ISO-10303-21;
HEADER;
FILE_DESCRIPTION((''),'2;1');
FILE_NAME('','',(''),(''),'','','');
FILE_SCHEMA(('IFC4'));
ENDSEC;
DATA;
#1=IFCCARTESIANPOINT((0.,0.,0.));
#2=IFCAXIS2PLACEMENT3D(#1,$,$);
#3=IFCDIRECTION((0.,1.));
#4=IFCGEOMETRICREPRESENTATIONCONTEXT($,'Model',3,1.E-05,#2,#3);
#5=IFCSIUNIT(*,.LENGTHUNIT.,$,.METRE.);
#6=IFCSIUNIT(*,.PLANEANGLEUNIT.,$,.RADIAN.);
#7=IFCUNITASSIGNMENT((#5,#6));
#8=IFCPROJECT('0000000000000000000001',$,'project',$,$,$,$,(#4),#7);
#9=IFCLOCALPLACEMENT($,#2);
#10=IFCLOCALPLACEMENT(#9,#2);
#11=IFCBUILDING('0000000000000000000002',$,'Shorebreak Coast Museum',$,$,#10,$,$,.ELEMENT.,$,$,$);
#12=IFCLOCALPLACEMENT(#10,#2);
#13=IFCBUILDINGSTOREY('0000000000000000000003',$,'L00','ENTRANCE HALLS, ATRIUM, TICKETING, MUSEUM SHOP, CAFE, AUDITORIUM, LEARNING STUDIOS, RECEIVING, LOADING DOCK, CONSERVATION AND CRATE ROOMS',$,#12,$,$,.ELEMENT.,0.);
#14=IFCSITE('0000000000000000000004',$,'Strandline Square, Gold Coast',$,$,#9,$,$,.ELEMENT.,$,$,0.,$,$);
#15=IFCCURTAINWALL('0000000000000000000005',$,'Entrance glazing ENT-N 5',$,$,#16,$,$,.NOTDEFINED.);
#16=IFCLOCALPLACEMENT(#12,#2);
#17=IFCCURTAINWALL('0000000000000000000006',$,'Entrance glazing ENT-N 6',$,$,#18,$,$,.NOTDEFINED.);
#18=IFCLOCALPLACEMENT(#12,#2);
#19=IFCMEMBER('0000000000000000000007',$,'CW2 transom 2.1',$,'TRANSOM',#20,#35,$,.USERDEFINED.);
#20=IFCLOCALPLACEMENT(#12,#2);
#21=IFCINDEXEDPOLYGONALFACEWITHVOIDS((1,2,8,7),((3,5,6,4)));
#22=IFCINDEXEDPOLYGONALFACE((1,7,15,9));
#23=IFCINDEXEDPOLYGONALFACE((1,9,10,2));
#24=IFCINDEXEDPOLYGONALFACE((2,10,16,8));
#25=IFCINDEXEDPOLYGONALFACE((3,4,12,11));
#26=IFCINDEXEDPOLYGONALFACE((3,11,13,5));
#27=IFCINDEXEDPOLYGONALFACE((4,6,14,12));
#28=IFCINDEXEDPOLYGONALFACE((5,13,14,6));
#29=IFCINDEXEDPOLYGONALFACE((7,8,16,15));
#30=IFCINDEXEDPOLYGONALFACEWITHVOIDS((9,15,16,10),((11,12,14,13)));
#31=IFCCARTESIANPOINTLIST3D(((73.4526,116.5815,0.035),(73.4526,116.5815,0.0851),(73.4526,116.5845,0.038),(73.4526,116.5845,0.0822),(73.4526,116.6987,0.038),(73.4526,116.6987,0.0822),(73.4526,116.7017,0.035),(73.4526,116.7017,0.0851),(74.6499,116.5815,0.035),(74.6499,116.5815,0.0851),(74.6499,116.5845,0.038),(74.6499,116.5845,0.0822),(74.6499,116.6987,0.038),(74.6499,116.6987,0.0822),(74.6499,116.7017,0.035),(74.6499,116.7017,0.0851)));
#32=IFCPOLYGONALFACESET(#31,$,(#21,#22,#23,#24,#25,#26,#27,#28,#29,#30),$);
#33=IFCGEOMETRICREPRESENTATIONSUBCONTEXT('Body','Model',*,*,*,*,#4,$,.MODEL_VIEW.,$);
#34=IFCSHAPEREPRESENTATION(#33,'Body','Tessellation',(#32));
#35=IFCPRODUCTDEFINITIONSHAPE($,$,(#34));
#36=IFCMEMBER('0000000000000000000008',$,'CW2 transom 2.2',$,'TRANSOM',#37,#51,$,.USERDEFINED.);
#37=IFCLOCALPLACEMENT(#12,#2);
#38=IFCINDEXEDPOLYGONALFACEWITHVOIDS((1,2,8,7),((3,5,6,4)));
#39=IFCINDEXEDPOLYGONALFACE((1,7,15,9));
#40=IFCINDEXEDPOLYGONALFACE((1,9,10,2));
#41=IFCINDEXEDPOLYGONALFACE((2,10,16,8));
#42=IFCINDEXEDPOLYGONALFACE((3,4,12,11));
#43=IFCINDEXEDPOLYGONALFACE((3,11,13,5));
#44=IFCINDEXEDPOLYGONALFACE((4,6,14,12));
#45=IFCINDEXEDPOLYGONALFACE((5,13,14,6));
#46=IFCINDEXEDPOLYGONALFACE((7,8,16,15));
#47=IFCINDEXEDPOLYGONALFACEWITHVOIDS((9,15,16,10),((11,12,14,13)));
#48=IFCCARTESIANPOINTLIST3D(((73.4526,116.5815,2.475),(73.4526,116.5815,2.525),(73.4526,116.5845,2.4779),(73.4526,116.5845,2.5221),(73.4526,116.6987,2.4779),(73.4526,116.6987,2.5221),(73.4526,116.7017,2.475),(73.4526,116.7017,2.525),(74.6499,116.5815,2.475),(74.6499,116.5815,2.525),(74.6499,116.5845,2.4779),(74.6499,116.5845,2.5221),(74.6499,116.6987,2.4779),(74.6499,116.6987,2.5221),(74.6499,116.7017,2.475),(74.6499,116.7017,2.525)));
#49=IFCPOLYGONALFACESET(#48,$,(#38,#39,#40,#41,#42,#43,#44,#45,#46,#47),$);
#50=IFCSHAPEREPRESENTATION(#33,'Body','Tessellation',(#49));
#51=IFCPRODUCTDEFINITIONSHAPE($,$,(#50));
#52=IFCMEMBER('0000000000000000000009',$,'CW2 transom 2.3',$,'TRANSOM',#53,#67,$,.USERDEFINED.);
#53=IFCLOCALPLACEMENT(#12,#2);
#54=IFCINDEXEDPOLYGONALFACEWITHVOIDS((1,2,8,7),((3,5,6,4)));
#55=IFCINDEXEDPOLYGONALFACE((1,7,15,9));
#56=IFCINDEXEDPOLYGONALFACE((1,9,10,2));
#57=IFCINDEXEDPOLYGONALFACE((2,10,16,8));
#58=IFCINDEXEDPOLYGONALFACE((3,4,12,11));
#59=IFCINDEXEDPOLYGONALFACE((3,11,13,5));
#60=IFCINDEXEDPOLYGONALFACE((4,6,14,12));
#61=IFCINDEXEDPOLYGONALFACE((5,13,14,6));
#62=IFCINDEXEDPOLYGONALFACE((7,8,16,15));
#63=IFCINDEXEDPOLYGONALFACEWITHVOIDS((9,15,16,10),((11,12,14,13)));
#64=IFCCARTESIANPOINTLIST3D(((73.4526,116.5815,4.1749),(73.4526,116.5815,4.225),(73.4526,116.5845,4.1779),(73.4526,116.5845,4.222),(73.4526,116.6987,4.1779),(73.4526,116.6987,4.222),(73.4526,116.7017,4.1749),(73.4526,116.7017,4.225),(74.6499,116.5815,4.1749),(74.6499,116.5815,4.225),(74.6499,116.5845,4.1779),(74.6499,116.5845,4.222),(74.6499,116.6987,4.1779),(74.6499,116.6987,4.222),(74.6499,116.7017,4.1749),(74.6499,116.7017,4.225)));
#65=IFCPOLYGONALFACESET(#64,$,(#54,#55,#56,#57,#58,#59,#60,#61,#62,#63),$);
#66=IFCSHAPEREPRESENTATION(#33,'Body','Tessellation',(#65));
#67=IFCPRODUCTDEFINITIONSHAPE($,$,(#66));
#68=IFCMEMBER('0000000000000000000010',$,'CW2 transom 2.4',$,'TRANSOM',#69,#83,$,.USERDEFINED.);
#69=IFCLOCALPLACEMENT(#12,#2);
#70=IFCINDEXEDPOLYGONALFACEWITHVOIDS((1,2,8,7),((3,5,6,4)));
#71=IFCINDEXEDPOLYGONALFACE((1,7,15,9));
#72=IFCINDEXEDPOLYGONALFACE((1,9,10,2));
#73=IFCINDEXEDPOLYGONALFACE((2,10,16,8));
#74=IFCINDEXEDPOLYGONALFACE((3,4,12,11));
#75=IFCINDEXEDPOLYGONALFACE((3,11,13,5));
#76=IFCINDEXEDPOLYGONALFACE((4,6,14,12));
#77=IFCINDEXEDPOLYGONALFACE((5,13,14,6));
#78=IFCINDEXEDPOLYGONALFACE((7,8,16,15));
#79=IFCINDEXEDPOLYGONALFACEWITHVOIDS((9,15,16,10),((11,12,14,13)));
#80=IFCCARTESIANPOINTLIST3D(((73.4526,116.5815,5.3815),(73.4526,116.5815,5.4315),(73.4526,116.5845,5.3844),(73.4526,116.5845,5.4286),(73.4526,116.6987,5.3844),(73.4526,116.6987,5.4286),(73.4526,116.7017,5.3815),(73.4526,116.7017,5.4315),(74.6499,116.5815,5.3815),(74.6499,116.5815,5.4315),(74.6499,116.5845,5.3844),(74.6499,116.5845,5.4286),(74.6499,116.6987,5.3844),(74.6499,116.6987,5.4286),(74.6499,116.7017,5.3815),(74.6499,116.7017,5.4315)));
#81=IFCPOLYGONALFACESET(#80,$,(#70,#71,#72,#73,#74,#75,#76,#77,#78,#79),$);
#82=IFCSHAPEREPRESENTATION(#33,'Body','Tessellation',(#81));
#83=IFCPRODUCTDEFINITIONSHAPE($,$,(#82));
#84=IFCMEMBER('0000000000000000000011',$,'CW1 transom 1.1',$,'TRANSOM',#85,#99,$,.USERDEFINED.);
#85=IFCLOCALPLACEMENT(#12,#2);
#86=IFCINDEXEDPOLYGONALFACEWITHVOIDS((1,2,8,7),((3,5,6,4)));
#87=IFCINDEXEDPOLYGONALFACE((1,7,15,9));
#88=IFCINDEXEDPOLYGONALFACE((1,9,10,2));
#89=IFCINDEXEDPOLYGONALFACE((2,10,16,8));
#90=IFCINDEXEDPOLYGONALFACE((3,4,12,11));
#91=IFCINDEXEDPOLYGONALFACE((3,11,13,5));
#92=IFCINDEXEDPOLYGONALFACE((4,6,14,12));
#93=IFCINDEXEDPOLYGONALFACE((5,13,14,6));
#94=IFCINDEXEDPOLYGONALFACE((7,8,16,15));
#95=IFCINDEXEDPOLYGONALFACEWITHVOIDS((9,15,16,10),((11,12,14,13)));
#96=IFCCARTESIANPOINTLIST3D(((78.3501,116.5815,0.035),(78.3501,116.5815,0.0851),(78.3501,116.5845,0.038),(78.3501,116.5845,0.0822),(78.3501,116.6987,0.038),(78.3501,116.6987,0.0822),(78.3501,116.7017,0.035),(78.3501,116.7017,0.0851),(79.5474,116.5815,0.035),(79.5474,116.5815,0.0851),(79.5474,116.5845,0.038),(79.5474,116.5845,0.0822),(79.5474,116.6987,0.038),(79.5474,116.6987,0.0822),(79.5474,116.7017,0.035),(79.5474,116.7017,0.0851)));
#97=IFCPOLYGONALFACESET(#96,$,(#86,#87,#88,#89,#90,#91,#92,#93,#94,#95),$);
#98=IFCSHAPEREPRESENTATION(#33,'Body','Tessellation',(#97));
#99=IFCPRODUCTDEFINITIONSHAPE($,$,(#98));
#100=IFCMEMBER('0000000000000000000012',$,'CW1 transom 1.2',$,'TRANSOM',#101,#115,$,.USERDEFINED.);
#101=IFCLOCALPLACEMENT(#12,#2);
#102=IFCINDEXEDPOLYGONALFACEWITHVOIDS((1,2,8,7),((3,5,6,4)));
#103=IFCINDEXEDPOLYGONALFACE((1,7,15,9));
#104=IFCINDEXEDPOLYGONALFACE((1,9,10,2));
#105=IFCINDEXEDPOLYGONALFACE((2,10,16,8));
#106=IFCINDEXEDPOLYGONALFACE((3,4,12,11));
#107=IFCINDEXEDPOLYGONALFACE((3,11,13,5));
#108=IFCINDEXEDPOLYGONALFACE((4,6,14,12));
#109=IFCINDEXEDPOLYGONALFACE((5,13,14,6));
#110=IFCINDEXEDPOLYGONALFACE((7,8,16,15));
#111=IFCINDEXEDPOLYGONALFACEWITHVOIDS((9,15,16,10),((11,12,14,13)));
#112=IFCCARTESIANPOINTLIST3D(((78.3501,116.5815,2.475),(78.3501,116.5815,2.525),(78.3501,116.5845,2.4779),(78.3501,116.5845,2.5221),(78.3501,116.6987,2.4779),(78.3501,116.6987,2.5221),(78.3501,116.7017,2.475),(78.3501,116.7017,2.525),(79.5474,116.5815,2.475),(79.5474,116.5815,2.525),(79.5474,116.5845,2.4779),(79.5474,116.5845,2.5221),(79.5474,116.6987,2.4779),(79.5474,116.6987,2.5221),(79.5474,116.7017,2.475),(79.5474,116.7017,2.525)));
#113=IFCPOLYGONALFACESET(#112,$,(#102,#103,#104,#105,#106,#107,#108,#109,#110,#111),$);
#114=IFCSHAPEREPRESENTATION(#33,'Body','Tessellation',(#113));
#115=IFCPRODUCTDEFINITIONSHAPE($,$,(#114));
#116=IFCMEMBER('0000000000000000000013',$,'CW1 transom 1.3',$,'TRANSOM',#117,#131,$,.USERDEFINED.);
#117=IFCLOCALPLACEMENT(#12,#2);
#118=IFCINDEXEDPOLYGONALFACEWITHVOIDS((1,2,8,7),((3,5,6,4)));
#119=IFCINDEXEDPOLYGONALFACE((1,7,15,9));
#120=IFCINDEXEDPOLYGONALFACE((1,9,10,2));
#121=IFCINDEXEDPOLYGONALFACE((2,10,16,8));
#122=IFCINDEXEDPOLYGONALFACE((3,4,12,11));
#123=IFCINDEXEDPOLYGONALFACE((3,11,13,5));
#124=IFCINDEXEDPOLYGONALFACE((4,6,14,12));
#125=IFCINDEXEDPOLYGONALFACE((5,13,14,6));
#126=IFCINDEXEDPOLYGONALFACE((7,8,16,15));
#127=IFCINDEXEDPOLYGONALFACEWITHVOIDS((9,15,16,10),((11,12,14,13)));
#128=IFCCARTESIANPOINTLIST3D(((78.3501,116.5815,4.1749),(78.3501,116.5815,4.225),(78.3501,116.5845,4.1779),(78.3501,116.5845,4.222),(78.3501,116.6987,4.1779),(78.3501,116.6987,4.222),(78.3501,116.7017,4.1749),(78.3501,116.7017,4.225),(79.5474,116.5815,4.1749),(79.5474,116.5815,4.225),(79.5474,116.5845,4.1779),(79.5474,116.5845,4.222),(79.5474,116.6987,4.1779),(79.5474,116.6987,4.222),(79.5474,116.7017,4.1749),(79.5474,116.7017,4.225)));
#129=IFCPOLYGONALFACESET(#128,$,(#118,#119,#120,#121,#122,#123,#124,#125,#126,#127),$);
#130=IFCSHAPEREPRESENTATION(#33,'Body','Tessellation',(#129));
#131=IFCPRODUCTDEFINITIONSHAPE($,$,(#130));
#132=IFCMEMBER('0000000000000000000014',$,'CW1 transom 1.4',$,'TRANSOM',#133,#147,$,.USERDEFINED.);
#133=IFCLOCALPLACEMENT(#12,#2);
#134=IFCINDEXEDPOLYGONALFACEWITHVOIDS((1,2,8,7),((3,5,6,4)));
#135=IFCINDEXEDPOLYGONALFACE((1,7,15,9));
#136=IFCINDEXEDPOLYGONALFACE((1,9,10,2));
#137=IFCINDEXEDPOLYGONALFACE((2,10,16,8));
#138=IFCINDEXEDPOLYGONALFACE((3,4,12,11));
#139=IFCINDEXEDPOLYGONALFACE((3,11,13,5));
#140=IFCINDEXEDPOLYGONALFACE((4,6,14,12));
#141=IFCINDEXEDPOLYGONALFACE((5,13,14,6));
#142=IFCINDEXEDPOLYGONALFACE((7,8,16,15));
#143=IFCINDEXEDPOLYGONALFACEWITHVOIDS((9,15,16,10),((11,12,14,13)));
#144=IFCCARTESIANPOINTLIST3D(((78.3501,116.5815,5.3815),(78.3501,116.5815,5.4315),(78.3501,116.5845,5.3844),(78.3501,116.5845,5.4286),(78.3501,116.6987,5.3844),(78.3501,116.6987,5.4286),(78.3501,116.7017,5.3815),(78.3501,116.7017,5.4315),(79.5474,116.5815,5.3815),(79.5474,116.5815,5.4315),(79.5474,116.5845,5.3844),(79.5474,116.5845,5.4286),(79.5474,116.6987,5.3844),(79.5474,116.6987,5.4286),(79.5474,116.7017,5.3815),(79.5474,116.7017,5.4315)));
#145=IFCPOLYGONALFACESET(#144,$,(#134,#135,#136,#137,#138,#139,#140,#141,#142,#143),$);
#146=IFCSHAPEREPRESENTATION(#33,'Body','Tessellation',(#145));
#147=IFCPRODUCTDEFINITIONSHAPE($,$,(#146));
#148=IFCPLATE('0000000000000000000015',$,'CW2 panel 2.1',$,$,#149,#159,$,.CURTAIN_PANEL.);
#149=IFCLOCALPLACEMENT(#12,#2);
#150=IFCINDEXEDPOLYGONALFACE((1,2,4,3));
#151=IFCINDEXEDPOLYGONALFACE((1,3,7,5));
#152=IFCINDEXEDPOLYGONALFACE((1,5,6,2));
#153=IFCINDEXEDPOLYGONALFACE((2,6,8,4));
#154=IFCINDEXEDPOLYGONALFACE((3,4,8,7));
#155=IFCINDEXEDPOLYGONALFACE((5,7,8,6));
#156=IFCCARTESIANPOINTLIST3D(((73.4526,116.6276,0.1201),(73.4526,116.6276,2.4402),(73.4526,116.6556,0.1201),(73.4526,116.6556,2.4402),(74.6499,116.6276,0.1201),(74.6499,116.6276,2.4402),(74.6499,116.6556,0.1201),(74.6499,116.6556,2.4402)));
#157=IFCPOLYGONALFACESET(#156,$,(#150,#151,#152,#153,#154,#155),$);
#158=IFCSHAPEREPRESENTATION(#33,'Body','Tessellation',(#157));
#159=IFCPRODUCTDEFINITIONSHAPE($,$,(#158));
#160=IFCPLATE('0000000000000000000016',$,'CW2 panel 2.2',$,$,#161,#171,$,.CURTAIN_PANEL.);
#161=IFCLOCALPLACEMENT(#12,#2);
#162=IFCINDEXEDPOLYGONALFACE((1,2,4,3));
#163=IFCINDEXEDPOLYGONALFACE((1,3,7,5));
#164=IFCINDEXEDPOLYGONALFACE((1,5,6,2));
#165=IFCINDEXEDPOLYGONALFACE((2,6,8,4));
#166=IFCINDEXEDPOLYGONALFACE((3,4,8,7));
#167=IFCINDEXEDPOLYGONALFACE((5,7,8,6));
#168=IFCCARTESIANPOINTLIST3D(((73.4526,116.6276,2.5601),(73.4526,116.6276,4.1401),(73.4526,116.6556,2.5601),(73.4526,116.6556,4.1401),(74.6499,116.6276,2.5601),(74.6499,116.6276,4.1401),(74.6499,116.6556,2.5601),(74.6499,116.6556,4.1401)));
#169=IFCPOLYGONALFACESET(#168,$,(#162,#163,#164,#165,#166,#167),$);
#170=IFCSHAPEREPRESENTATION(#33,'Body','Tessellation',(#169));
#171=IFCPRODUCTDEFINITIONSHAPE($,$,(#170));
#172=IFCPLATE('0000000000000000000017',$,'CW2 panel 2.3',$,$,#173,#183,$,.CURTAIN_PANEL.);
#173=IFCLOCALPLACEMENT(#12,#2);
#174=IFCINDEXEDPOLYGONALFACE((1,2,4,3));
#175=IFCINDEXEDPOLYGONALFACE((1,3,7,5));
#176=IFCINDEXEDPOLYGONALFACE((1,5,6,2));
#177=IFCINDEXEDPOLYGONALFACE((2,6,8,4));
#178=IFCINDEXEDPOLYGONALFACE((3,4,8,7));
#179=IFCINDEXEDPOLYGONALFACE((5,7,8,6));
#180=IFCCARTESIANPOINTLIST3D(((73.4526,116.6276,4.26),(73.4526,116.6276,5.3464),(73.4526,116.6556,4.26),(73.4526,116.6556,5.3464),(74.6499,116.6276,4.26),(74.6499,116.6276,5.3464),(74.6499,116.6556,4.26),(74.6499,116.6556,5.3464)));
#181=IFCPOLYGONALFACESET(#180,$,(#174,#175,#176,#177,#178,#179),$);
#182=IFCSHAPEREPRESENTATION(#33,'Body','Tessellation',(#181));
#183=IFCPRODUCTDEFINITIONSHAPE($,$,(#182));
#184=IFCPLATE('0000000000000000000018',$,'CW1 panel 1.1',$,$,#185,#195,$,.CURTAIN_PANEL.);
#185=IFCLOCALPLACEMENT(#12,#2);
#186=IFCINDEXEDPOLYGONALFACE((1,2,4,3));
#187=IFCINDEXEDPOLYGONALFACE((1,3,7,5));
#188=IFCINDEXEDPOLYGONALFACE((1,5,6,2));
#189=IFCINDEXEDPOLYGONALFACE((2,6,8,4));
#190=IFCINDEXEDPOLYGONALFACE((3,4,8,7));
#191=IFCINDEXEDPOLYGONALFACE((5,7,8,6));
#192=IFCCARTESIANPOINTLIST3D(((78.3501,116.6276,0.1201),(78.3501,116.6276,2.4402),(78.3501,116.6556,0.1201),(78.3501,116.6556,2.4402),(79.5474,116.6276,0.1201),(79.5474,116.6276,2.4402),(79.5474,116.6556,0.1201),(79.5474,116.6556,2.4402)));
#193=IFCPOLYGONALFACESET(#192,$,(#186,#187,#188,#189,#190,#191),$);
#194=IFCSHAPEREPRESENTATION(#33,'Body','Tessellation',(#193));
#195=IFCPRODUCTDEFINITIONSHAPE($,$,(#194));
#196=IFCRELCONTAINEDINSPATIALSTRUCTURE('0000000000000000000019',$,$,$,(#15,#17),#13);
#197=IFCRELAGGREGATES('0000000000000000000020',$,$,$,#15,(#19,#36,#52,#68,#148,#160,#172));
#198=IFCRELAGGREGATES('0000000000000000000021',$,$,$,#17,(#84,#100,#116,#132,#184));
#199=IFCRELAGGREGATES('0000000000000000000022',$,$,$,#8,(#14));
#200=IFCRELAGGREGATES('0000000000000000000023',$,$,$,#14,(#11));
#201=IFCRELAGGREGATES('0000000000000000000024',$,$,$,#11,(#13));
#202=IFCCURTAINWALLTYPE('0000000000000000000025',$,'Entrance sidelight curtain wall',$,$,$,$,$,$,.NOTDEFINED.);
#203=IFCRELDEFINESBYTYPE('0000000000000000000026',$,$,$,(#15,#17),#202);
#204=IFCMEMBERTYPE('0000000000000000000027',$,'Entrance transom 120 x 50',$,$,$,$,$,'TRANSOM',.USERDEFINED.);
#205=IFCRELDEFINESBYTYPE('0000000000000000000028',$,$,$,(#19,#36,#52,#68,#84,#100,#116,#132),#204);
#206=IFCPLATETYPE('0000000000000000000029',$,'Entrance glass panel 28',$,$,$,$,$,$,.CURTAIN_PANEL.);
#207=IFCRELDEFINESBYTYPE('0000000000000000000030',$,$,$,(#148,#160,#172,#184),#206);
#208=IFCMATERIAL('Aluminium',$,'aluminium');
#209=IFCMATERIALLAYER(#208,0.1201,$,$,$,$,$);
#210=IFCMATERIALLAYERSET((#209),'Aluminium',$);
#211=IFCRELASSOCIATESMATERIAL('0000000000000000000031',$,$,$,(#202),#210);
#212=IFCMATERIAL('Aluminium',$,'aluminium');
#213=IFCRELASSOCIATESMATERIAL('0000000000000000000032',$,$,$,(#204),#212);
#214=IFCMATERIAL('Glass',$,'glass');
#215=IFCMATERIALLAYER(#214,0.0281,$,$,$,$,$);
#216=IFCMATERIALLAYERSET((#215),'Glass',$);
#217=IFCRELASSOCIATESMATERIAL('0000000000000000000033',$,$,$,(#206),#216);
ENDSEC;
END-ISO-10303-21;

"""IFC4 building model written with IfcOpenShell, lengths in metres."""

from ifc_helpers import new_model, si_unit, direction, frame, origin, origin_2d, place, context, subcontext, project, spatial, rectangle, hollow_rectangle, extrude, material, layer, layer_set, material_profile, profile_set, type_object, element, aggregate, save


model = new_model("IFC4")

# Units and contexts
model_context = context("Model", 3, precision=1e-05, world=origin(), true_north=direction((0.0, 1.0)))
body_context = subcontext(model_context, "Body", "Model", "MODEL_VIEW")
ifc_project = project(units=[si_unit("LENGTHUNIT", "METRE"), si_unit("PLANEANGLEUNIT", "RADIAN")], contexts=[model_context])

# Site, building, storey
site_placement = place(None, origin())
site = spatial("IfcSite", under=ifc_project, at=site_placement, Name="Strandline Square, Gold Coast", CompositionType="ELEMENT", RefElevation=0.0)
building_placement = place(site_placement, origin())
building = spatial("IfcBuilding", under=site, at=building_placement, Name="Shorebreak Coast Museum", CompositionType="ELEMENT")
storey_placement = place(building_placement, origin())
storey = spatial("IfcBuildingStorey", under=building, at=storey_placement, Name="L00", Description="ENTRANCE HALLS, ATRIUM, TICKETING, MUSEUM SHOP, CAFE, AUDITORIUM, LEARNING STUDIOS, RECEIVING, LOADING DOCK, CONSERVATION AND CRATE ROOMS", CompositionType="ELEMENT", Elevation=0.0)

# Curtain wall
ifc_material_1 = material(Name="Aluminium", Category="aluminium")
ifc_layer_1 = layer(ifc_material_1, 0.1201)
ifc_layer_set_1 = layer_set([ifc_layer_1], Name="Aluminium")
curtain_wall_type = type_object("IfcCurtainWallType", Name="Entrance sidelight curtain wall", PredefinedType="NOTDEFINED", material=ifc_layer_set_1)
curtain_wall_1_placement = place(storey_placement, origin())
curtain_wall_1 = element("IfcCurtainWall", 1, at=curtain_wall_1_placement, inside=storey, type_object=curtain_wall_type, Name="Entrance glazing ENT-N 5", PredefinedType="NOTDEFINED")

# Curtain wall
curtain_wall_2_placement = place(storey_placement, origin())
curtain_wall_2 = element("IfcCurtainWall", 2, at=curtain_wall_2_placement, inside=storey, type_object=curtain_wall_type, Name="Entrance glazing ENT-N 6", PredefinedType="NOTDEFINED")

# Members
ifc_material_2 = material(Name="Aluminium", Category="aluminium")
ifc_material_profile_1 = material_profile(ifc_material_2, hollow_rectangle(XDim=0.1201, YDim=0.05, WallThickness=0.0029, at=origin_2d()), Name="AL 50x120 RHS")
ifc_profile_set_1 = profile_set([ifc_material_profile_1], Name="Aluminium")
member_type_1 = type_object("IfcMemberType", Name="Entrance transom 120 x 50", ElementType="TRANSOM", PredefinedType="USERDEFINED", material=ifc_profile_set_1)
member_1_placement = place(storey_placement, frame((73.4526, 116.6416, 0.0601), z_axis=(1.0, 0.0, 0.0), x_axis=(0.0, 1.0, 0.0)))
member_1 = element("IfcMember", 3, at=member_1_placement, type_object=member_type_1, Name="CW2 transom 2.1", ObjectType="TRANSOM", PredefinedType="USERDEFINED", context=body_context, shape_type="SweptSolid", body=[
    extrude(hollow_rectangle(XDim=0.1201, YDim=0.05, WallThickness=0.0029, at=origin_2d()), origin(), (0.0, 0.0, 1.0), 1.1973),
])
member_2_placement = place(storey_placement, frame((73.4526, 116.6416, 2.5), z_axis=(1.0, 0.0, 0.0), x_axis=(0.0, 1.0, 0.0)))
member_2 = element("IfcMember", 4, at=member_2_placement, type_object=member_type_1, Name="CW2 transom 2.2", ObjectType="TRANSOM", PredefinedType="USERDEFINED", context=body_context, shape_type="SweptSolid", body=[
    extrude(hollow_rectangle(XDim=0.1201, YDim=0.05, WallThickness=0.0029, at=origin_2d()), origin(), (0.0, 0.0, 1.0), 1.1973),
])
member_3_placement = place(storey_placement, frame((73.4526, 116.6416, 4.2), z_axis=(1.0, 0.0, 0.0), x_axis=(0.0, 1.0, 0.0)))
member_3 = element("IfcMember", 5, at=member_3_placement, type_object=member_type_1, Name="CW2 transom 2.3", ObjectType="TRANSOM", PredefinedType="USERDEFINED", context=body_context, shape_type="SweptSolid", body=[
    extrude(hollow_rectangle(XDim=0.1201, YDim=0.05, WallThickness=0.0029, at=origin_2d()), origin(), (0.0, 0.0, 1.0), 1.1973),
])
member_4_placement = place(storey_placement, frame((73.4526, 116.6416, 5.4065), z_axis=(1.0, 0.0, 0.0), x_axis=(0.0, 1.0, 0.0)))
member_4 = element("IfcMember", 6, at=member_4_placement, type_object=member_type_1, Name="CW2 transom 2.4", ObjectType="TRANSOM", PredefinedType="USERDEFINED", context=body_context, shape_type="SweptSolid", body=[
    extrude(hollow_rectangle(XDim=0.1201, YDim=0.05, WallThickness=0.0029, at=origin_2d()), origin(), (0.0, 0.0, 1.0), 1.1973),
])
member_5_placement = place(storey_placement, frame((78.3501, 116.6416, 0.0601), z_axis=(1.0, 0.0, 0.0), x_axis=(0.0, 1.0, 0.0)))
member_5 = element("IfcMember", 7, at=member_5_placement, type_object=member_type_1, Name="CW1 transom 1.1", ObjectType="TRANSOM", PredefinedType="USERDEFINED", context=body_context, shape_type="SweptSolid", body=[
    extrude(hollow_rectangle(XDim=0.1201, YDim=0.05, WallThickness=0.0029, at=origin_2d()), origin(), (0.0, 0.0, 1.0), 1.1973),
])
member_6_placement = place(storey_placement, frame((78.3501, 116.6416, 2.5), z_axis=(1.0, 0.0, 0.0), x_axis=(0.0, 1.0, 0.0)))
member_6 = element("IfcMember", 8, at=member_6_placement, type_object=member_type_1, Name="CW1 transom 1.2", ObjectType="TRANSOM", PredefinedType="USERDEFINED", context=body_context, shape_type="SweptSolid", body=[
    extrude(hollow_rectangle(XDim=0.1201, YDim=0.05, WallThickness=0.0029, at=origin_2d()), origin(), (0.0, 0.0, 1.0), 1.1973),
])
member_7_placement = place(storey_placement, frame((78.3501, 116.6416, 4.2), z_axis=(1.0, 0.0, 0.0), x_axis=(0.0, 1.0, 0.0)))
member_7 = element("IfcMember", 9, at=member_7_placement, type_object=member_type_1, Name="CW1 transom 1.3", ObjectType="TRANSOM", PredefinedType="USERDEFINED", context=body_context, shape_type="SweptSolid", body=[
    extrude(hollow_rectangle(XDim=0.1201, YDim=0.05, WallThickness=0.0029, at=origin_2d()), origin(), (0.0, 0.0, 1.0), 1.1973),
])
member_8_placement = place(storey_placement, frame((78.3501, 116.6416, 5.4065), z_axis=(1.0, 0.0, 0.0), x_axis=(0.0, 1.0, 0.0)))
member_8 = element("IfcMember", 10, at=member_8_placement, type_object=member_type_1, Name="CW1 transom 1.4", ObjectType="TRANSOM", PredefinedType="USERDEFINED", context=body_context, shape_type="SweptSolid", body=[
    extrude(hollow_rectangle(XDim=0.1201, YDim=0.05, WallThickness=0.0029, at=origin_2d()), origin(), (0.0, 0.0, 1.0), 1.1973),
])

# Plates
ifc_material_3 = material(Name="Glass", Category="glass")
ifc_layer_2 = layer(ifc_material_3, 0.0281)
ifc_layer_set_2 = layer_set([ifc_layer_2], Name="Glass")
plate_type = type_object("IfcPlateType", Name="Entrance glass panel 28", PredefinedType="CURTAIN_PANEL", material=ifc_layer_set_2)
plate_1_placement = place(storey_placement, frame((74.0513, 116.6416, 0.1201), z_axis=(0.0, 0.0, 1.0), x_axis=(1.0, 0.0, 0.0)))
plate_1 = element("IfcPlate", 11, at=plate_1_placement, type_object=plate_type, Name="CW2 panel 2.1", PredefinedType="CURTAIN_PANEL", context=body_context, shape_type="SweptSolid", body=[
    extrude(rectangle(XDim=1.1973, YDim=0.0281, at=origin_2d()), origin(), (0.0, 0.0, 1.0), 2.3201),
])
plate_2_placement = place(storey_placement, frame((74.0513, 116.6416, 2.5601), z_axis=(0.0, 0.0, 1.0), x_axis=(1.0, 0.0, 0.0)))
plate_2 = element("IfcPlate", 12, at=plate_2_placement, type_object=plate_type, Name="CW2 panel 2.2", PredefinedType="CURTAIN_PANEL", context=body_context, shape_type="SweptSolid", body=[
    extrude(rectangle(XDim=1.1973, YDim=0.0281, at=origin_2d()), origin(), (0.0, 0.0, 1.0), 1.5801),
])
plate_3_placement = place(storey_placement, frame((74.0513, 116.6416, 4.26), z_axis=(0.0, 0.0, 1.0), x_axis=(1.0, 0.0, 0.0)))
plate_3 = element("IfcPlate", 13, at=plate_3_placement, type_object=plate_type, Name="CW2 panel 2.3", PredefinedType="CURTAIN_PANEL", context=body_context, shape_type="SweptSolid", body=[
    extrude(rectangle(XDim=1.1973, YDim=0.0281, at=origin_2d()), origin(), (0.0, 0.0, 1.0), 1.0864),
])
aggregate(curtain_wall_1, [member_1, member_2, member_3, member_4, plate_1, plate_2, plate_3])
plate_4_placement = place(storey_placement, frame((78.9487, 116.6416, 0.1201), z_axis=(0.0, 0.0, 1.0), x_axis=(1.0, 0.0, 0.0)))
plate_4 = element("IfcPlate", 14, at=plate_4_placement, type_object=plate_type, Name="CW1 panel 1.1", PredefinedType="CURTAIN_PANEL", context=body_context, shape_type="SweptSolid", body=[
    extrude(rectangle(XDim=1.1973, YDim=0.0281, at=origin_2d()), origin(), (0.0, 0.0, 1.0), 2.3201),
])
aggregate(curtain_wall_2, [member_5, member_6, member_7, member_8, plate_4])

save(model, "model.ifc")
